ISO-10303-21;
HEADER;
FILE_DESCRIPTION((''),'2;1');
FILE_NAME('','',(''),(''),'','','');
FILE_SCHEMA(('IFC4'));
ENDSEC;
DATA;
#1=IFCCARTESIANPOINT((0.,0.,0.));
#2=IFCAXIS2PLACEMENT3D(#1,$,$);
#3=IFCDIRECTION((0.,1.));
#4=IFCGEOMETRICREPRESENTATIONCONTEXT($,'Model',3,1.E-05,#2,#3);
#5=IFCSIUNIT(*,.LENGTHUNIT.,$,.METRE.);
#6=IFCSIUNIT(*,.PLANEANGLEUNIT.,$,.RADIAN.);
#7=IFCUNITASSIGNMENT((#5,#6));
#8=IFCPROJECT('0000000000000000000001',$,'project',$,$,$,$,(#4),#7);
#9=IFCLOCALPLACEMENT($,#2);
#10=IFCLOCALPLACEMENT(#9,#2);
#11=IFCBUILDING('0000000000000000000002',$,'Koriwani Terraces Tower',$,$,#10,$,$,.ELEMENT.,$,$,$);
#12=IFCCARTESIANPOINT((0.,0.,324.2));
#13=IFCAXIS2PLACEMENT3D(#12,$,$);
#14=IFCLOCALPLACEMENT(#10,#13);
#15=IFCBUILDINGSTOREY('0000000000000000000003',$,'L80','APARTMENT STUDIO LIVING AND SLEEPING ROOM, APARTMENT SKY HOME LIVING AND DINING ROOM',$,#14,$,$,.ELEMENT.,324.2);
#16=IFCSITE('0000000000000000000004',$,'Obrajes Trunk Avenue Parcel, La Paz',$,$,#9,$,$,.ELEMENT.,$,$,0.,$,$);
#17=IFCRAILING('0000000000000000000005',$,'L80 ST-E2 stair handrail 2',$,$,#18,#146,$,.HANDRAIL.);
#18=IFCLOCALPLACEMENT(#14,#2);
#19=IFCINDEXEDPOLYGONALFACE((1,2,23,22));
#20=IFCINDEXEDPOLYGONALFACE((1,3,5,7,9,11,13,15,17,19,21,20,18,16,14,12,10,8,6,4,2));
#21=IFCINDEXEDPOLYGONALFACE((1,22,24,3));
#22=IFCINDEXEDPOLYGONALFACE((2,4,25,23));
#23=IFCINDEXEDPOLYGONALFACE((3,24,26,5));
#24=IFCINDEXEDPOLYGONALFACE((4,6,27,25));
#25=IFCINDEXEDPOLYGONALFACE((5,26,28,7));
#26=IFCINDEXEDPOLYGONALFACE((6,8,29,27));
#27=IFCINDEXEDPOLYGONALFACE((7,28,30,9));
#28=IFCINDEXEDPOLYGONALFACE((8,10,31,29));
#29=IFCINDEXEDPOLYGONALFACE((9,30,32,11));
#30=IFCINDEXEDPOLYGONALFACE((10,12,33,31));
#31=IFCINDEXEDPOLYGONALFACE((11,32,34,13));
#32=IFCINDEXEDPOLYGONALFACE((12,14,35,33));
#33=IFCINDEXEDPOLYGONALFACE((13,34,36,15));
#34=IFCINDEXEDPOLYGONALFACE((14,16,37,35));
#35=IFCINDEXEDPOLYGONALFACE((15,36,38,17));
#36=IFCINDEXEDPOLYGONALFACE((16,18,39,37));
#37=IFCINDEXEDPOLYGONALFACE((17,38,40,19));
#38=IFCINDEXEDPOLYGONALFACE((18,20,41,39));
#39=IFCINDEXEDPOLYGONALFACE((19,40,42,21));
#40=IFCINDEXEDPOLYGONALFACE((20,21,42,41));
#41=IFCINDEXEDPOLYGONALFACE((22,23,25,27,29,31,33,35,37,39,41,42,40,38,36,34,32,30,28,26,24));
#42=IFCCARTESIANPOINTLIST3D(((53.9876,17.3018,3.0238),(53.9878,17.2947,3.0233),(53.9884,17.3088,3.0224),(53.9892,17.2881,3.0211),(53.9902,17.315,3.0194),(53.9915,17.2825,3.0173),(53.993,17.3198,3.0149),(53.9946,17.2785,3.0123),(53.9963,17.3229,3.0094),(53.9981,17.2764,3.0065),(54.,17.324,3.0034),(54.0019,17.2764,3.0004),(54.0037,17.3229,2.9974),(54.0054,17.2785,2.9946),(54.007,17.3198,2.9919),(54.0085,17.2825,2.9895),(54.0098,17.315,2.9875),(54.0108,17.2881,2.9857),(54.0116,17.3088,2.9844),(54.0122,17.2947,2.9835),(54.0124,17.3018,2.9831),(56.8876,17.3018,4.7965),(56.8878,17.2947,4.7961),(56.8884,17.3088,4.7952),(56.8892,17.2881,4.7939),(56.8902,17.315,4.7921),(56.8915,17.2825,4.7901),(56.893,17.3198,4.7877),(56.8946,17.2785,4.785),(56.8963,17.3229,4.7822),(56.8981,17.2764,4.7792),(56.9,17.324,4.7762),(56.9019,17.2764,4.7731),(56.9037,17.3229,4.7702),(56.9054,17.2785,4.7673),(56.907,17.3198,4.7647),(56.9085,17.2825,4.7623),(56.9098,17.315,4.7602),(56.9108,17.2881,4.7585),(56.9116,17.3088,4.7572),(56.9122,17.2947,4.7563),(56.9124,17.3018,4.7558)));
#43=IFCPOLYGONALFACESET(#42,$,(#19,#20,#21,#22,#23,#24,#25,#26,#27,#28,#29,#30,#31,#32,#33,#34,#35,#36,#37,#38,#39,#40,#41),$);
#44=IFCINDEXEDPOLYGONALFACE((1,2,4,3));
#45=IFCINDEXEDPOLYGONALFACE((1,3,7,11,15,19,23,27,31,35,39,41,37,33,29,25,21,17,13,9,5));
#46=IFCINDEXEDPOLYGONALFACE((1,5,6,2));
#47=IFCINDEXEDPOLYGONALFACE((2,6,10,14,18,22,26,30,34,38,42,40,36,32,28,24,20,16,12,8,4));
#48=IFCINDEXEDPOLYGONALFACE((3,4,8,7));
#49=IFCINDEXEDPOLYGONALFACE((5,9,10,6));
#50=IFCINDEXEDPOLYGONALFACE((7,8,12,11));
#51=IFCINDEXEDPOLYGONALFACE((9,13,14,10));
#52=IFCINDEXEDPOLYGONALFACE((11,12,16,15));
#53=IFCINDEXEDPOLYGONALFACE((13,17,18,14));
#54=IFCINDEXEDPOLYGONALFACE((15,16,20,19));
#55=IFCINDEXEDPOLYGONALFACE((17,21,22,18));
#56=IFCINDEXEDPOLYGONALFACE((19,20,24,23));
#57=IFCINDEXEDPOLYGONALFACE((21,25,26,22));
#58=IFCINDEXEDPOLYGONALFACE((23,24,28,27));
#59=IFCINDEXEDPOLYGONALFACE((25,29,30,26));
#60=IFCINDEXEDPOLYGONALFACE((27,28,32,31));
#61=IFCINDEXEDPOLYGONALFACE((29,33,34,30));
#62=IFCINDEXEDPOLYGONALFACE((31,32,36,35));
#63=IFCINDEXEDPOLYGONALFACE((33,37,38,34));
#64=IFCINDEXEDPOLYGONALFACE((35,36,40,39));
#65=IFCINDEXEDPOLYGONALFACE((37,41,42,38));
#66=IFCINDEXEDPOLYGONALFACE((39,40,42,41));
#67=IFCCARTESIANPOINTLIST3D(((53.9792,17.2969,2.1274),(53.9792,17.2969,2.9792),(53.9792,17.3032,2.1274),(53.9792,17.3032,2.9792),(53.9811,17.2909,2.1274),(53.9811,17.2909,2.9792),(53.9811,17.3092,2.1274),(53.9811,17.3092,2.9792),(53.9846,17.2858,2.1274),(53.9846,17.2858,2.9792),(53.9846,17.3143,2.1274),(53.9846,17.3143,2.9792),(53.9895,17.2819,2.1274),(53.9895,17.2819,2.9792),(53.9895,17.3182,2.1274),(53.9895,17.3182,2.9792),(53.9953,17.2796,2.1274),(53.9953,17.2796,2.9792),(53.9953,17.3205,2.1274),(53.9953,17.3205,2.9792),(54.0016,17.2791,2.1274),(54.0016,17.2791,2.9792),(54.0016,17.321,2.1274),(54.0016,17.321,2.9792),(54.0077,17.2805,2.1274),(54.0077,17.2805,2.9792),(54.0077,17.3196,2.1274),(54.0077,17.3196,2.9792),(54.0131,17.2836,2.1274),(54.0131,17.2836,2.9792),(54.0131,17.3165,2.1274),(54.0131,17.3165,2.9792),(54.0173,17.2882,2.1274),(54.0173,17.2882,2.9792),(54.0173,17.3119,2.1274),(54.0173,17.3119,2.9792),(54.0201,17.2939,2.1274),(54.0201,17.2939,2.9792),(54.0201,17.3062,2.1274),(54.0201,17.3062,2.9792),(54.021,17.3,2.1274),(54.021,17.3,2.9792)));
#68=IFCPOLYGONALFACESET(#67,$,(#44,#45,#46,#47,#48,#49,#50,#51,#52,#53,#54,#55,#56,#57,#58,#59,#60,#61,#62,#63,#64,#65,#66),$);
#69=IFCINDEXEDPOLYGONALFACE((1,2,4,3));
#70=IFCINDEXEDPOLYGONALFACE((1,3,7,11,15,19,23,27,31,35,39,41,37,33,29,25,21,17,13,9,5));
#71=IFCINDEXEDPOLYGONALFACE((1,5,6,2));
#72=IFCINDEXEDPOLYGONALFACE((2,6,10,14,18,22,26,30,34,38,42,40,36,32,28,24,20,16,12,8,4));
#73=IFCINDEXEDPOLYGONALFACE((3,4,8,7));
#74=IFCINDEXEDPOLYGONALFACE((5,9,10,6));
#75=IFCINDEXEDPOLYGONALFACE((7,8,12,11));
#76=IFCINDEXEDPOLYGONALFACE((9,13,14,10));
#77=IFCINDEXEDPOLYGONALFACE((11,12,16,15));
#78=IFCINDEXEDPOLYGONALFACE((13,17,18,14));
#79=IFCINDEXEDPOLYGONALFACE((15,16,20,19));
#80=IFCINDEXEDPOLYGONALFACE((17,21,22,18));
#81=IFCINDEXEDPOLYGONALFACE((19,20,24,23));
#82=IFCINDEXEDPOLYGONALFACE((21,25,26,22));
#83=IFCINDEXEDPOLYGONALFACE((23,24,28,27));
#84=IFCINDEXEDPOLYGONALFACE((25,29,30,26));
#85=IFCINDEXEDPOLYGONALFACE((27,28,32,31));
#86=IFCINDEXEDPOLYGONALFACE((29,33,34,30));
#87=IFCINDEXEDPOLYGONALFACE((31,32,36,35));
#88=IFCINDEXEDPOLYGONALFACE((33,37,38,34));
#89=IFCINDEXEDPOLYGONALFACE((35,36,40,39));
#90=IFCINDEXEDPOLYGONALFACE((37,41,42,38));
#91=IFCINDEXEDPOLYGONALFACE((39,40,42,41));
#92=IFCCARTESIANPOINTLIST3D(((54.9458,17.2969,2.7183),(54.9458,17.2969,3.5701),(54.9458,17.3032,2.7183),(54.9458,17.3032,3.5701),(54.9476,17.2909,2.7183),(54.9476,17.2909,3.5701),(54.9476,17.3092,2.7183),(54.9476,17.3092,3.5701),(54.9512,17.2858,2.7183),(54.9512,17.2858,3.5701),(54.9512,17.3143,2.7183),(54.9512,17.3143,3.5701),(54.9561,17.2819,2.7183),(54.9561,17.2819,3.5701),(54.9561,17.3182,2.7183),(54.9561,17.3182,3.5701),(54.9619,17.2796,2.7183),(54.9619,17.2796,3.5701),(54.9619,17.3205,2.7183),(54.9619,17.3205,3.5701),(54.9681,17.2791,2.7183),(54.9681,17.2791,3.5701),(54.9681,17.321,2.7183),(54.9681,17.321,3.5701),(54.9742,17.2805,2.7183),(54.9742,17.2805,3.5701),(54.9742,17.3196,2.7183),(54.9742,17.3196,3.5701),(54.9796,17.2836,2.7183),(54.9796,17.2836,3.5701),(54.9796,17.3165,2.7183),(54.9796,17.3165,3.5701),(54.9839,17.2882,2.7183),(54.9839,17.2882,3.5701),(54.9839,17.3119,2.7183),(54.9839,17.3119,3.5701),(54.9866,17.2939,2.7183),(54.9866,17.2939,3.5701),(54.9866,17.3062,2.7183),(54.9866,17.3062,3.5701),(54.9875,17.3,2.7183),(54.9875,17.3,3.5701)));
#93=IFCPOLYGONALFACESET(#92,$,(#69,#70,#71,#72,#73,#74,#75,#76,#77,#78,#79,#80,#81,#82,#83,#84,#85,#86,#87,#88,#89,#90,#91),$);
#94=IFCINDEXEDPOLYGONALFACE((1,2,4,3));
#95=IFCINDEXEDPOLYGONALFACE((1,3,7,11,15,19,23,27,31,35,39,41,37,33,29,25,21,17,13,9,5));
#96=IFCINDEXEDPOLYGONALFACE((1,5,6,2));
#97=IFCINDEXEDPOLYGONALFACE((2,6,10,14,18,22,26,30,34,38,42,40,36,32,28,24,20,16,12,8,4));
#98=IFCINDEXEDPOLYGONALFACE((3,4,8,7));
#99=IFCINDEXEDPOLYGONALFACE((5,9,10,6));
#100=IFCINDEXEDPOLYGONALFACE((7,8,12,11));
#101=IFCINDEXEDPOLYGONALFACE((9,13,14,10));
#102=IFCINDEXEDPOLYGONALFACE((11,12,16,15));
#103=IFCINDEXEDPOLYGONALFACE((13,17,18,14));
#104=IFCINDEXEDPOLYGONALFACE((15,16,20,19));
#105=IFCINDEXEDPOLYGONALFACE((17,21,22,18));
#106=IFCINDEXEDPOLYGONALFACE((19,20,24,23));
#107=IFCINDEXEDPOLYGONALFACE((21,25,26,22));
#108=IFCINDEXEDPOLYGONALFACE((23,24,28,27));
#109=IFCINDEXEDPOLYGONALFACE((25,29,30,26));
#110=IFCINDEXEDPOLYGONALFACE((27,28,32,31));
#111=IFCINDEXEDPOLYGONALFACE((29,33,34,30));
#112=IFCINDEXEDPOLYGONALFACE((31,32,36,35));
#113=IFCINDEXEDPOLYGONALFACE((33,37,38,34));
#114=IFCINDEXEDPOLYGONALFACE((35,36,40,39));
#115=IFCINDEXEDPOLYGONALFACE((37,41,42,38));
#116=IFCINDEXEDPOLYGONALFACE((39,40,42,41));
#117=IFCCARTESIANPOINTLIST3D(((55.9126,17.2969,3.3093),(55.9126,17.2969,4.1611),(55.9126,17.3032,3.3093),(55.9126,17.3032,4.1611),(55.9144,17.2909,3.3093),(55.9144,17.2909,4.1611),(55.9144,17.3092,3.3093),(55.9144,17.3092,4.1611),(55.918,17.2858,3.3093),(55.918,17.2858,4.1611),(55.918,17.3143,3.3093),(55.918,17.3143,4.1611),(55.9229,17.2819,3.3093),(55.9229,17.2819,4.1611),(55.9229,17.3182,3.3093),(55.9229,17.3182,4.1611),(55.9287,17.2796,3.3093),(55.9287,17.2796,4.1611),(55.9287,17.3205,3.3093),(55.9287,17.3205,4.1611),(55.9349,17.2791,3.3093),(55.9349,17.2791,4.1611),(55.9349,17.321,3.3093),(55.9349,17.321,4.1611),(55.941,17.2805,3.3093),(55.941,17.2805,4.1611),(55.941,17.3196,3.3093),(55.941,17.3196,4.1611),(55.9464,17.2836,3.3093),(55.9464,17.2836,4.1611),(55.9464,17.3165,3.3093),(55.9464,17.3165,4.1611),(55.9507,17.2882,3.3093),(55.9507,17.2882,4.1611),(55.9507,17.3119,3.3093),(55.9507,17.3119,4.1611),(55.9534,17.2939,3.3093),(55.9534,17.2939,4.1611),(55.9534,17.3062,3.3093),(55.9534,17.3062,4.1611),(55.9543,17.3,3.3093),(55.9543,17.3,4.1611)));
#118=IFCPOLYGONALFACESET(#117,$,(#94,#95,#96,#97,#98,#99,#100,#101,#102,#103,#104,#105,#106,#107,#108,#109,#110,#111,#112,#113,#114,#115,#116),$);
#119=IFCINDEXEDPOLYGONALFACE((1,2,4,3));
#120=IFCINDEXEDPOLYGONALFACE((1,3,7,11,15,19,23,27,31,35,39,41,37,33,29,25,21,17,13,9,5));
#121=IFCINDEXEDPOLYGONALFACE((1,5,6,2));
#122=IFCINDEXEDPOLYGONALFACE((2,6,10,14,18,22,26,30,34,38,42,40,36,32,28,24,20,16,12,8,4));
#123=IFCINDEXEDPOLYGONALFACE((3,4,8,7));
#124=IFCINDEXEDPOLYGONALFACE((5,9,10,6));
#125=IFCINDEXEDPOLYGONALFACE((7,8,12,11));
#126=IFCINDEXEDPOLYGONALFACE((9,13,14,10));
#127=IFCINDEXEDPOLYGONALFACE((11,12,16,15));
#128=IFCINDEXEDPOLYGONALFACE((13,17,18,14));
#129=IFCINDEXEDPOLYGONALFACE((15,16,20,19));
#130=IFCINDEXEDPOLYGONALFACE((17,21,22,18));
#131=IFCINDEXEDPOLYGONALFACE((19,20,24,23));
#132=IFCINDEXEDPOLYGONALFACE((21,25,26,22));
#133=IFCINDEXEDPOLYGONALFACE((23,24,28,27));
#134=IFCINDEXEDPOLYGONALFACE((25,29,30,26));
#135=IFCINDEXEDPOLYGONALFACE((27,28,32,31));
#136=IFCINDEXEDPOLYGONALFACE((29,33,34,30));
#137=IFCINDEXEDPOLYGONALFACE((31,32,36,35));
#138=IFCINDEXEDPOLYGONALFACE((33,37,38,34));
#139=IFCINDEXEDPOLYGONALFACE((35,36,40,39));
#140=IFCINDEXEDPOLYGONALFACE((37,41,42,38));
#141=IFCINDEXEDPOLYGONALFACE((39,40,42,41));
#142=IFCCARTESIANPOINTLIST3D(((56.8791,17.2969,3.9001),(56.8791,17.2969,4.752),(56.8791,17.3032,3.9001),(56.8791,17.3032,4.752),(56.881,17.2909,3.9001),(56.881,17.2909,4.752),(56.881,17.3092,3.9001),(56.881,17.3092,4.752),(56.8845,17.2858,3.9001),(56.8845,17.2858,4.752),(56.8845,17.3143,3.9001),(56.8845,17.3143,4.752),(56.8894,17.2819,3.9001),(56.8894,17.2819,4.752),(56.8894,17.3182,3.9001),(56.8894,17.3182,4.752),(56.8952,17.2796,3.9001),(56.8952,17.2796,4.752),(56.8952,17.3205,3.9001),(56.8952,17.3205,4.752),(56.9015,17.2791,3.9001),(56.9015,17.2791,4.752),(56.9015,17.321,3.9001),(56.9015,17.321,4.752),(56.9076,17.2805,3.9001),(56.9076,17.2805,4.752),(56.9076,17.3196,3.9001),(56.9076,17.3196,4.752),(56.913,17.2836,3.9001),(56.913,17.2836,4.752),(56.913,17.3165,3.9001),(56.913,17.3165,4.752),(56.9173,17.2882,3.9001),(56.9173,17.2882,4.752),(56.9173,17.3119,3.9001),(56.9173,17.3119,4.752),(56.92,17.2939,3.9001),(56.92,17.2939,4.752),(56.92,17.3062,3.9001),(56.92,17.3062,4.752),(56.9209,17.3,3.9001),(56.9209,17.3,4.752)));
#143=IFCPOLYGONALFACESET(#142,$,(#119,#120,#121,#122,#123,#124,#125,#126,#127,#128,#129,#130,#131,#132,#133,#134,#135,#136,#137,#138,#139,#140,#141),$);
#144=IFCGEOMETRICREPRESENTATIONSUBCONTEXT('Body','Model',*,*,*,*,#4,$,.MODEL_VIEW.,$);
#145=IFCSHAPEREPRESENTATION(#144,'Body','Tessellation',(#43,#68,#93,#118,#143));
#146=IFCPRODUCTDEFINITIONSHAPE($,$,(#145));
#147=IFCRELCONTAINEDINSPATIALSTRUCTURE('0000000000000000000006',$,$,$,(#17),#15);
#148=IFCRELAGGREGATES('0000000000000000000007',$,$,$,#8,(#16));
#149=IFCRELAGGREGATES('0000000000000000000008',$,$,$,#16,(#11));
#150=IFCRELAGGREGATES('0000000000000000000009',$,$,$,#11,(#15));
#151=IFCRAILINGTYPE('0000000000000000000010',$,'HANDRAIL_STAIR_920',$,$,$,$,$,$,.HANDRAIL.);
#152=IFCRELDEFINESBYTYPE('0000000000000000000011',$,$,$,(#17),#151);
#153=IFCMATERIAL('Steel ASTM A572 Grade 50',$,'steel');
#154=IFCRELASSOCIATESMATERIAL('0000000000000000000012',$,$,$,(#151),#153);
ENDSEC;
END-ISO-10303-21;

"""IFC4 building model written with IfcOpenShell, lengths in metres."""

from ifc_helpers import new_model, si_unit, direction, frame, origin, origin_2d, place, context, subcontext, project, spatial, circle, extrude, material, type_object, element, save


model = new_model("IFC4")

# Units and contexts
model_context = context("Model", 3, precision=1e-05, world=origin(), true_north=direction((0.0, 1.0)))
body_context = subcontext(model_context, "Body", "Model", "MODEL_VIEW")
ifc_project = project(units=[si_unit("LENGTHUNIT", "METRE"), si_unit("PLANEANGLEUNIT", "RADIAN")], contexts=[model_context])

# Site, building, storey
site_placement = place(None, origin())
site = spatial("IfcSite", under=ifc_project, at=site_placement, Name="Obrajes Trunk Avenue Parcel, La Paz", CompositionType="ELEMENT", RefElevation=0.0)
building_placement = place(site_placement, origin())
building = spatial("IfcBuilding", under=site, at=building_placement, Name="Koriwani Terraces Tower", CompositionType="ELEMENT")
storey_placement = place(building_placement, frame((0.0, 0.0, 324.2)))
storey = spatial("IfcBuildingStorey", under=building, at=storey_placement, Name="L80", Description="APARTMENT STUDIO LIVING AND SLEEPING ROOM, APARTMENT SKY HOME LIVING AND DINING ROOM", CompositionType="ELEMENT", Elevation=324.2)

# Shared definitions
ifc_material_1 = material(Name="Steel ASTM A572 Grade 50", Category="steel")

# Railing
railing_type_1 = type_object("IfcRailingType", Name="HANDRAIL_STAIR_920", PredefinedType="HANDRAIL", material=ifc_material_1)
railing_1_placement = place(storey_placement, frame((54.0, 17.3, 2.1274)))
element("IfcRailing", 1, at=railing_1_placement, inside=storey, type_object=railing_type_1, Name="L80 ST-E2 stair handrail 2", PredefinedType="HANDRAIL", context=body_context, shape_type="SweptSolid", body=[
    extrude(circle(Radius=0.0239, at=origin_2d()), frame((0.0, 0.0, 0.876), z_axis=(0.853211, 0.0, 0.521566), x_axis=(0.0, 1.0, 0.0)), (0.0, 0.0, 1.0), 3.3989),
    extrude(circle(Radius=0.021, at=origin_2d()), origin(), (0.0, 0.0, 1.0), 0.8518),
    extrude(circle(Radius=0.021, at=origin_2d()), frame((0.9666, 0.0, 0.5908)), (0.0, 0.0, 1.0), 0.8518),
    extrude(circle(Radius=0.021, at=origin_2d()), frame((1.9333, 0.0, 1.1819)), (0.0, 0.0, 1.0), 0.8518),
    extrude(circle(Radius=0.021, at=origin_2d()), frame((2.8999, 0.0, 1.7727)), (0.0, 0.0, 1.0), 0.8518),
])

save(model, "model.ifc")
